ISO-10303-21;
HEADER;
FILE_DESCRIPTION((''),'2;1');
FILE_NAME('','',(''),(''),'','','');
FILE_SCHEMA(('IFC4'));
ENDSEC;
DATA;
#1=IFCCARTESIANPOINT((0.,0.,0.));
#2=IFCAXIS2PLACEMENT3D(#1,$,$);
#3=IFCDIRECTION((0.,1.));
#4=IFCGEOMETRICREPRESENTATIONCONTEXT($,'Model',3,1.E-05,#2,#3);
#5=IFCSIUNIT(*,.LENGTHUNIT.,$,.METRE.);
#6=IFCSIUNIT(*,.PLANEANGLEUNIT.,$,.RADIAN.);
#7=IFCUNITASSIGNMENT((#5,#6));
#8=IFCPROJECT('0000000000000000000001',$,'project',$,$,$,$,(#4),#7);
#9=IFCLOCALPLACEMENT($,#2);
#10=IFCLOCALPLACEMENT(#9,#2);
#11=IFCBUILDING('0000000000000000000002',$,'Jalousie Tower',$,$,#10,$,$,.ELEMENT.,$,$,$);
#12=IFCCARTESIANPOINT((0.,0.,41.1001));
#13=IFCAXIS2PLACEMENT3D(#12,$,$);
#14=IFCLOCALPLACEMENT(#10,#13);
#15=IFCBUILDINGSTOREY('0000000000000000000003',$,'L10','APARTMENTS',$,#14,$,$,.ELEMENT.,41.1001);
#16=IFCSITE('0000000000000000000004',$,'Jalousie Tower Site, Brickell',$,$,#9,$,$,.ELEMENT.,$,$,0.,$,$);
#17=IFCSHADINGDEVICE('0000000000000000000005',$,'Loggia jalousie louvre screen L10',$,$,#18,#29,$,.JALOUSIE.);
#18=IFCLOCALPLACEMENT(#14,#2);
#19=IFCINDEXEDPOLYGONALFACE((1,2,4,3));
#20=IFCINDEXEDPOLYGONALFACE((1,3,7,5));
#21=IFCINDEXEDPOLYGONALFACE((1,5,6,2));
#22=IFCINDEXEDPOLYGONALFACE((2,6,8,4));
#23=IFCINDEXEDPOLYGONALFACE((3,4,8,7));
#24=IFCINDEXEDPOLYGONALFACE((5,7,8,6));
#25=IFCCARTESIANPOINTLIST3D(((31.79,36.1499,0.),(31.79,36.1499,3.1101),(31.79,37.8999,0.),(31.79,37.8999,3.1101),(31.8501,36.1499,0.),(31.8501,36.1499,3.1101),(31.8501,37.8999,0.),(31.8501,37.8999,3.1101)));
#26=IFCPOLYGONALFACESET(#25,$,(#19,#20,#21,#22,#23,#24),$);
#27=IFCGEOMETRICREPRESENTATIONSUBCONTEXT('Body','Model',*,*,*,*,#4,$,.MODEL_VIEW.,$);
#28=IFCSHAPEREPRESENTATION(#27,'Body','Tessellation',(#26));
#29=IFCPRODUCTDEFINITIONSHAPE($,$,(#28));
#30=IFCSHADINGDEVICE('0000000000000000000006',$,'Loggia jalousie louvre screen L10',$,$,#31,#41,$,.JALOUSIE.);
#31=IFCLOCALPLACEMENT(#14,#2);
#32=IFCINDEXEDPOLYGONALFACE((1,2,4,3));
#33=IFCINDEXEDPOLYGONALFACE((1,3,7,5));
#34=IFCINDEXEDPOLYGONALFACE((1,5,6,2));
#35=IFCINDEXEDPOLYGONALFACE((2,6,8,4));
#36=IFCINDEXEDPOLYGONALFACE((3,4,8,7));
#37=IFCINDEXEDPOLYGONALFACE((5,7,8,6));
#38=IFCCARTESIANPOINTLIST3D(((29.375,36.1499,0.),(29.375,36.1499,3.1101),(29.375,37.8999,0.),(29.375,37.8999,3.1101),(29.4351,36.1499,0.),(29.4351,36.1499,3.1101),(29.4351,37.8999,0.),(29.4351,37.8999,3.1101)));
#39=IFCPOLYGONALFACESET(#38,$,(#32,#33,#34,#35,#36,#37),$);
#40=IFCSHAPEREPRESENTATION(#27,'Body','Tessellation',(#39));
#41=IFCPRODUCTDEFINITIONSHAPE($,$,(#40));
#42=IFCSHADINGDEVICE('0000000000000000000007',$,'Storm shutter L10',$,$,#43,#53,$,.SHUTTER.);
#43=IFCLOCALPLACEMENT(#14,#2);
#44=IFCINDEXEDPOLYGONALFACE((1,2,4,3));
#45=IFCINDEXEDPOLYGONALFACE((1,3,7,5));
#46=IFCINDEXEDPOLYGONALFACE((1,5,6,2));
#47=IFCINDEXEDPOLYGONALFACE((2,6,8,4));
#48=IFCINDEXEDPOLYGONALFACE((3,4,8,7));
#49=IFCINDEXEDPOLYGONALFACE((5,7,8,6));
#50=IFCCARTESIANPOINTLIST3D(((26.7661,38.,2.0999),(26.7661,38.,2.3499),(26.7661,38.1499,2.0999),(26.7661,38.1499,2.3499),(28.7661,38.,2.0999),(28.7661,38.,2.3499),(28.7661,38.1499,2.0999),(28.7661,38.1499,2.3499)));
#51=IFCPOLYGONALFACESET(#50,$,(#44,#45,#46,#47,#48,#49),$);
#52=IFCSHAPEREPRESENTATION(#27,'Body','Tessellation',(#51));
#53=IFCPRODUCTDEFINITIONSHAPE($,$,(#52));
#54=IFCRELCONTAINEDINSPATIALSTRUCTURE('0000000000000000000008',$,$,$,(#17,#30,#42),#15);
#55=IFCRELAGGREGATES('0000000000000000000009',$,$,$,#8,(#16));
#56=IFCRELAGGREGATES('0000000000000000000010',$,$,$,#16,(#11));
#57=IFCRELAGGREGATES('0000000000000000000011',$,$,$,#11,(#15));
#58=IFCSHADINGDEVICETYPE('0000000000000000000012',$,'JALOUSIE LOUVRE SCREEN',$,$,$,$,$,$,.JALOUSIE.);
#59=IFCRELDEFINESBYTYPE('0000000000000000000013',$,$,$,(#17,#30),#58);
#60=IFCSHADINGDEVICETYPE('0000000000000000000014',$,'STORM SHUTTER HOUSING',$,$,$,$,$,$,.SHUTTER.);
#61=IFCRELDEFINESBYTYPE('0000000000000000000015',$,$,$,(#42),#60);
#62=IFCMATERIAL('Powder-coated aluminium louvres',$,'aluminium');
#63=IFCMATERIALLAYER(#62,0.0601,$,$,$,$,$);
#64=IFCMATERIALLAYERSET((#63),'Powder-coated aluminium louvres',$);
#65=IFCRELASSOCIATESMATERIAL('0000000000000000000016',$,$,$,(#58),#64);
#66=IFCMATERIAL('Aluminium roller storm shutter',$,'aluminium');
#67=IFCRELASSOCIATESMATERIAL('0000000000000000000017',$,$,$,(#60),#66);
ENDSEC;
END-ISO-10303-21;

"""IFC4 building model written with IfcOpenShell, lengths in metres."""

from ifc_helpers import new_model, si_unit, direction, frame, origin, origin_2d, place, context, subcontext, project, spatial, rectangle, extrude, material, layer, layer_set, type_object, element, save


model = new_model("IFC4")

# Units and contexts
model_context = context("Model", 3, precision=1e-05, world=origin(), true_north=direction((0.0, 1.0)))
body_context = subcontext(model_context, "Body", "Model", "MODEL_VIEW")
ifc_project = project(units=[si_unit("LENGTHUNIT", "METRE"), si_unit("PLANEANGLEUNIT", "RADIAN")], contexts=[model_context])

# Site, building, storey
site_placement = place(None, origin())
site = spatial("IfcSite", under=ifc_project, at=site_placement, Name="Jalousie Tower Site, Brickell", CompositionType="ELEMENT", RefElevation=0.0)
building_placement = place(site_placement, origin())
building = spatial("IfcBuilding", under=site, at=building_placement, Name="Jalousie Tower", CompositionType="ELEMENT")
storey_placement = place(building_placement, frame((0.0, 0.0, 41.1001)))
storey = spatial("IfcBuildingStorey", under=building, at=storey_placement, Name="L10", Description="APARTMENTS", CompositionType="ELEMENT", Elevation=41.1001)

# Shading devices
ifc_material_1 = material(Name="Powder-coated aluminium louvres", Category="aluminium")
ifc_layer_1 = layer(ifc_material_1, 0.0601)
ifc_layer_set_1 = layer_set([ifc_layer_1], Name="Powder-coated aluminium louvres")
shading_device_type_1 = type_object("IfcShadingDeviceType", Name="JALOUSIE LOUVRE SCREEN", PredefinedType="JALOUSIE", material=ifc_layer_set_1)
for number, where, z_axis, x_axis, name in (
    (1, (31.8201, 37.0249, 0.0), (0.0, 0.0, 1.0), (-1.0, 0.0, 0.0), "Loggia jalousie louvre screen L10"),
    (2, (29.405, 37.0249, 0.0), (0.0, 0.0, 1.0), (-1.0, 0.0, 0.0), "Loggia jalousie louvre screen L10"),
):
    element("IfcShadingDevice", number, at=place(storey_placement, frame(where, z_axis=z_axis, x_axis=x_axis)), inside=storey, type_object=shading_device_type_1, Name=name, PredefinedType="JALOUSIE", context=body_context, shape_type="SweptSolid", body=[
        extrude(rectangle(XDim=0.0601, YDim=1.75, at=origin_2d()), origin(), (0.0, 0.0, 1.0), 3.1101),
    ])
ifc_material_2 = material(Name="Aluminium roller storm shutter", Category="aluminium")
shading_device_type_2 = type_object("IfcShadingDeviceType", Name="STORM SHUTTER HOUSING", PredefinedType="SHUTTER", material=ifc_material_2)
shading_device_placement = place(storey_placement, frame((27.7661, 38.075, 2.0999), z_axis=(0.0, 0.0, 1.0), x_axis=(-1.0, 0.0, 0.0)))
element("IfcShadingDevice", 3, at=shading_device_placement, inside=storey, type_object=shading_device_type_2, Name="Storm shutter L10", PredefinedType="SHUTTER", context=body_context, shape_type="SweptSolid", body=[
    extrude(rectangle(XDim=2.0, YDim=0.1499, at=origin_2d()), origin(), (0.0, 0.0, 1.0), 0.25),
])

save(model, "model.ifc")
